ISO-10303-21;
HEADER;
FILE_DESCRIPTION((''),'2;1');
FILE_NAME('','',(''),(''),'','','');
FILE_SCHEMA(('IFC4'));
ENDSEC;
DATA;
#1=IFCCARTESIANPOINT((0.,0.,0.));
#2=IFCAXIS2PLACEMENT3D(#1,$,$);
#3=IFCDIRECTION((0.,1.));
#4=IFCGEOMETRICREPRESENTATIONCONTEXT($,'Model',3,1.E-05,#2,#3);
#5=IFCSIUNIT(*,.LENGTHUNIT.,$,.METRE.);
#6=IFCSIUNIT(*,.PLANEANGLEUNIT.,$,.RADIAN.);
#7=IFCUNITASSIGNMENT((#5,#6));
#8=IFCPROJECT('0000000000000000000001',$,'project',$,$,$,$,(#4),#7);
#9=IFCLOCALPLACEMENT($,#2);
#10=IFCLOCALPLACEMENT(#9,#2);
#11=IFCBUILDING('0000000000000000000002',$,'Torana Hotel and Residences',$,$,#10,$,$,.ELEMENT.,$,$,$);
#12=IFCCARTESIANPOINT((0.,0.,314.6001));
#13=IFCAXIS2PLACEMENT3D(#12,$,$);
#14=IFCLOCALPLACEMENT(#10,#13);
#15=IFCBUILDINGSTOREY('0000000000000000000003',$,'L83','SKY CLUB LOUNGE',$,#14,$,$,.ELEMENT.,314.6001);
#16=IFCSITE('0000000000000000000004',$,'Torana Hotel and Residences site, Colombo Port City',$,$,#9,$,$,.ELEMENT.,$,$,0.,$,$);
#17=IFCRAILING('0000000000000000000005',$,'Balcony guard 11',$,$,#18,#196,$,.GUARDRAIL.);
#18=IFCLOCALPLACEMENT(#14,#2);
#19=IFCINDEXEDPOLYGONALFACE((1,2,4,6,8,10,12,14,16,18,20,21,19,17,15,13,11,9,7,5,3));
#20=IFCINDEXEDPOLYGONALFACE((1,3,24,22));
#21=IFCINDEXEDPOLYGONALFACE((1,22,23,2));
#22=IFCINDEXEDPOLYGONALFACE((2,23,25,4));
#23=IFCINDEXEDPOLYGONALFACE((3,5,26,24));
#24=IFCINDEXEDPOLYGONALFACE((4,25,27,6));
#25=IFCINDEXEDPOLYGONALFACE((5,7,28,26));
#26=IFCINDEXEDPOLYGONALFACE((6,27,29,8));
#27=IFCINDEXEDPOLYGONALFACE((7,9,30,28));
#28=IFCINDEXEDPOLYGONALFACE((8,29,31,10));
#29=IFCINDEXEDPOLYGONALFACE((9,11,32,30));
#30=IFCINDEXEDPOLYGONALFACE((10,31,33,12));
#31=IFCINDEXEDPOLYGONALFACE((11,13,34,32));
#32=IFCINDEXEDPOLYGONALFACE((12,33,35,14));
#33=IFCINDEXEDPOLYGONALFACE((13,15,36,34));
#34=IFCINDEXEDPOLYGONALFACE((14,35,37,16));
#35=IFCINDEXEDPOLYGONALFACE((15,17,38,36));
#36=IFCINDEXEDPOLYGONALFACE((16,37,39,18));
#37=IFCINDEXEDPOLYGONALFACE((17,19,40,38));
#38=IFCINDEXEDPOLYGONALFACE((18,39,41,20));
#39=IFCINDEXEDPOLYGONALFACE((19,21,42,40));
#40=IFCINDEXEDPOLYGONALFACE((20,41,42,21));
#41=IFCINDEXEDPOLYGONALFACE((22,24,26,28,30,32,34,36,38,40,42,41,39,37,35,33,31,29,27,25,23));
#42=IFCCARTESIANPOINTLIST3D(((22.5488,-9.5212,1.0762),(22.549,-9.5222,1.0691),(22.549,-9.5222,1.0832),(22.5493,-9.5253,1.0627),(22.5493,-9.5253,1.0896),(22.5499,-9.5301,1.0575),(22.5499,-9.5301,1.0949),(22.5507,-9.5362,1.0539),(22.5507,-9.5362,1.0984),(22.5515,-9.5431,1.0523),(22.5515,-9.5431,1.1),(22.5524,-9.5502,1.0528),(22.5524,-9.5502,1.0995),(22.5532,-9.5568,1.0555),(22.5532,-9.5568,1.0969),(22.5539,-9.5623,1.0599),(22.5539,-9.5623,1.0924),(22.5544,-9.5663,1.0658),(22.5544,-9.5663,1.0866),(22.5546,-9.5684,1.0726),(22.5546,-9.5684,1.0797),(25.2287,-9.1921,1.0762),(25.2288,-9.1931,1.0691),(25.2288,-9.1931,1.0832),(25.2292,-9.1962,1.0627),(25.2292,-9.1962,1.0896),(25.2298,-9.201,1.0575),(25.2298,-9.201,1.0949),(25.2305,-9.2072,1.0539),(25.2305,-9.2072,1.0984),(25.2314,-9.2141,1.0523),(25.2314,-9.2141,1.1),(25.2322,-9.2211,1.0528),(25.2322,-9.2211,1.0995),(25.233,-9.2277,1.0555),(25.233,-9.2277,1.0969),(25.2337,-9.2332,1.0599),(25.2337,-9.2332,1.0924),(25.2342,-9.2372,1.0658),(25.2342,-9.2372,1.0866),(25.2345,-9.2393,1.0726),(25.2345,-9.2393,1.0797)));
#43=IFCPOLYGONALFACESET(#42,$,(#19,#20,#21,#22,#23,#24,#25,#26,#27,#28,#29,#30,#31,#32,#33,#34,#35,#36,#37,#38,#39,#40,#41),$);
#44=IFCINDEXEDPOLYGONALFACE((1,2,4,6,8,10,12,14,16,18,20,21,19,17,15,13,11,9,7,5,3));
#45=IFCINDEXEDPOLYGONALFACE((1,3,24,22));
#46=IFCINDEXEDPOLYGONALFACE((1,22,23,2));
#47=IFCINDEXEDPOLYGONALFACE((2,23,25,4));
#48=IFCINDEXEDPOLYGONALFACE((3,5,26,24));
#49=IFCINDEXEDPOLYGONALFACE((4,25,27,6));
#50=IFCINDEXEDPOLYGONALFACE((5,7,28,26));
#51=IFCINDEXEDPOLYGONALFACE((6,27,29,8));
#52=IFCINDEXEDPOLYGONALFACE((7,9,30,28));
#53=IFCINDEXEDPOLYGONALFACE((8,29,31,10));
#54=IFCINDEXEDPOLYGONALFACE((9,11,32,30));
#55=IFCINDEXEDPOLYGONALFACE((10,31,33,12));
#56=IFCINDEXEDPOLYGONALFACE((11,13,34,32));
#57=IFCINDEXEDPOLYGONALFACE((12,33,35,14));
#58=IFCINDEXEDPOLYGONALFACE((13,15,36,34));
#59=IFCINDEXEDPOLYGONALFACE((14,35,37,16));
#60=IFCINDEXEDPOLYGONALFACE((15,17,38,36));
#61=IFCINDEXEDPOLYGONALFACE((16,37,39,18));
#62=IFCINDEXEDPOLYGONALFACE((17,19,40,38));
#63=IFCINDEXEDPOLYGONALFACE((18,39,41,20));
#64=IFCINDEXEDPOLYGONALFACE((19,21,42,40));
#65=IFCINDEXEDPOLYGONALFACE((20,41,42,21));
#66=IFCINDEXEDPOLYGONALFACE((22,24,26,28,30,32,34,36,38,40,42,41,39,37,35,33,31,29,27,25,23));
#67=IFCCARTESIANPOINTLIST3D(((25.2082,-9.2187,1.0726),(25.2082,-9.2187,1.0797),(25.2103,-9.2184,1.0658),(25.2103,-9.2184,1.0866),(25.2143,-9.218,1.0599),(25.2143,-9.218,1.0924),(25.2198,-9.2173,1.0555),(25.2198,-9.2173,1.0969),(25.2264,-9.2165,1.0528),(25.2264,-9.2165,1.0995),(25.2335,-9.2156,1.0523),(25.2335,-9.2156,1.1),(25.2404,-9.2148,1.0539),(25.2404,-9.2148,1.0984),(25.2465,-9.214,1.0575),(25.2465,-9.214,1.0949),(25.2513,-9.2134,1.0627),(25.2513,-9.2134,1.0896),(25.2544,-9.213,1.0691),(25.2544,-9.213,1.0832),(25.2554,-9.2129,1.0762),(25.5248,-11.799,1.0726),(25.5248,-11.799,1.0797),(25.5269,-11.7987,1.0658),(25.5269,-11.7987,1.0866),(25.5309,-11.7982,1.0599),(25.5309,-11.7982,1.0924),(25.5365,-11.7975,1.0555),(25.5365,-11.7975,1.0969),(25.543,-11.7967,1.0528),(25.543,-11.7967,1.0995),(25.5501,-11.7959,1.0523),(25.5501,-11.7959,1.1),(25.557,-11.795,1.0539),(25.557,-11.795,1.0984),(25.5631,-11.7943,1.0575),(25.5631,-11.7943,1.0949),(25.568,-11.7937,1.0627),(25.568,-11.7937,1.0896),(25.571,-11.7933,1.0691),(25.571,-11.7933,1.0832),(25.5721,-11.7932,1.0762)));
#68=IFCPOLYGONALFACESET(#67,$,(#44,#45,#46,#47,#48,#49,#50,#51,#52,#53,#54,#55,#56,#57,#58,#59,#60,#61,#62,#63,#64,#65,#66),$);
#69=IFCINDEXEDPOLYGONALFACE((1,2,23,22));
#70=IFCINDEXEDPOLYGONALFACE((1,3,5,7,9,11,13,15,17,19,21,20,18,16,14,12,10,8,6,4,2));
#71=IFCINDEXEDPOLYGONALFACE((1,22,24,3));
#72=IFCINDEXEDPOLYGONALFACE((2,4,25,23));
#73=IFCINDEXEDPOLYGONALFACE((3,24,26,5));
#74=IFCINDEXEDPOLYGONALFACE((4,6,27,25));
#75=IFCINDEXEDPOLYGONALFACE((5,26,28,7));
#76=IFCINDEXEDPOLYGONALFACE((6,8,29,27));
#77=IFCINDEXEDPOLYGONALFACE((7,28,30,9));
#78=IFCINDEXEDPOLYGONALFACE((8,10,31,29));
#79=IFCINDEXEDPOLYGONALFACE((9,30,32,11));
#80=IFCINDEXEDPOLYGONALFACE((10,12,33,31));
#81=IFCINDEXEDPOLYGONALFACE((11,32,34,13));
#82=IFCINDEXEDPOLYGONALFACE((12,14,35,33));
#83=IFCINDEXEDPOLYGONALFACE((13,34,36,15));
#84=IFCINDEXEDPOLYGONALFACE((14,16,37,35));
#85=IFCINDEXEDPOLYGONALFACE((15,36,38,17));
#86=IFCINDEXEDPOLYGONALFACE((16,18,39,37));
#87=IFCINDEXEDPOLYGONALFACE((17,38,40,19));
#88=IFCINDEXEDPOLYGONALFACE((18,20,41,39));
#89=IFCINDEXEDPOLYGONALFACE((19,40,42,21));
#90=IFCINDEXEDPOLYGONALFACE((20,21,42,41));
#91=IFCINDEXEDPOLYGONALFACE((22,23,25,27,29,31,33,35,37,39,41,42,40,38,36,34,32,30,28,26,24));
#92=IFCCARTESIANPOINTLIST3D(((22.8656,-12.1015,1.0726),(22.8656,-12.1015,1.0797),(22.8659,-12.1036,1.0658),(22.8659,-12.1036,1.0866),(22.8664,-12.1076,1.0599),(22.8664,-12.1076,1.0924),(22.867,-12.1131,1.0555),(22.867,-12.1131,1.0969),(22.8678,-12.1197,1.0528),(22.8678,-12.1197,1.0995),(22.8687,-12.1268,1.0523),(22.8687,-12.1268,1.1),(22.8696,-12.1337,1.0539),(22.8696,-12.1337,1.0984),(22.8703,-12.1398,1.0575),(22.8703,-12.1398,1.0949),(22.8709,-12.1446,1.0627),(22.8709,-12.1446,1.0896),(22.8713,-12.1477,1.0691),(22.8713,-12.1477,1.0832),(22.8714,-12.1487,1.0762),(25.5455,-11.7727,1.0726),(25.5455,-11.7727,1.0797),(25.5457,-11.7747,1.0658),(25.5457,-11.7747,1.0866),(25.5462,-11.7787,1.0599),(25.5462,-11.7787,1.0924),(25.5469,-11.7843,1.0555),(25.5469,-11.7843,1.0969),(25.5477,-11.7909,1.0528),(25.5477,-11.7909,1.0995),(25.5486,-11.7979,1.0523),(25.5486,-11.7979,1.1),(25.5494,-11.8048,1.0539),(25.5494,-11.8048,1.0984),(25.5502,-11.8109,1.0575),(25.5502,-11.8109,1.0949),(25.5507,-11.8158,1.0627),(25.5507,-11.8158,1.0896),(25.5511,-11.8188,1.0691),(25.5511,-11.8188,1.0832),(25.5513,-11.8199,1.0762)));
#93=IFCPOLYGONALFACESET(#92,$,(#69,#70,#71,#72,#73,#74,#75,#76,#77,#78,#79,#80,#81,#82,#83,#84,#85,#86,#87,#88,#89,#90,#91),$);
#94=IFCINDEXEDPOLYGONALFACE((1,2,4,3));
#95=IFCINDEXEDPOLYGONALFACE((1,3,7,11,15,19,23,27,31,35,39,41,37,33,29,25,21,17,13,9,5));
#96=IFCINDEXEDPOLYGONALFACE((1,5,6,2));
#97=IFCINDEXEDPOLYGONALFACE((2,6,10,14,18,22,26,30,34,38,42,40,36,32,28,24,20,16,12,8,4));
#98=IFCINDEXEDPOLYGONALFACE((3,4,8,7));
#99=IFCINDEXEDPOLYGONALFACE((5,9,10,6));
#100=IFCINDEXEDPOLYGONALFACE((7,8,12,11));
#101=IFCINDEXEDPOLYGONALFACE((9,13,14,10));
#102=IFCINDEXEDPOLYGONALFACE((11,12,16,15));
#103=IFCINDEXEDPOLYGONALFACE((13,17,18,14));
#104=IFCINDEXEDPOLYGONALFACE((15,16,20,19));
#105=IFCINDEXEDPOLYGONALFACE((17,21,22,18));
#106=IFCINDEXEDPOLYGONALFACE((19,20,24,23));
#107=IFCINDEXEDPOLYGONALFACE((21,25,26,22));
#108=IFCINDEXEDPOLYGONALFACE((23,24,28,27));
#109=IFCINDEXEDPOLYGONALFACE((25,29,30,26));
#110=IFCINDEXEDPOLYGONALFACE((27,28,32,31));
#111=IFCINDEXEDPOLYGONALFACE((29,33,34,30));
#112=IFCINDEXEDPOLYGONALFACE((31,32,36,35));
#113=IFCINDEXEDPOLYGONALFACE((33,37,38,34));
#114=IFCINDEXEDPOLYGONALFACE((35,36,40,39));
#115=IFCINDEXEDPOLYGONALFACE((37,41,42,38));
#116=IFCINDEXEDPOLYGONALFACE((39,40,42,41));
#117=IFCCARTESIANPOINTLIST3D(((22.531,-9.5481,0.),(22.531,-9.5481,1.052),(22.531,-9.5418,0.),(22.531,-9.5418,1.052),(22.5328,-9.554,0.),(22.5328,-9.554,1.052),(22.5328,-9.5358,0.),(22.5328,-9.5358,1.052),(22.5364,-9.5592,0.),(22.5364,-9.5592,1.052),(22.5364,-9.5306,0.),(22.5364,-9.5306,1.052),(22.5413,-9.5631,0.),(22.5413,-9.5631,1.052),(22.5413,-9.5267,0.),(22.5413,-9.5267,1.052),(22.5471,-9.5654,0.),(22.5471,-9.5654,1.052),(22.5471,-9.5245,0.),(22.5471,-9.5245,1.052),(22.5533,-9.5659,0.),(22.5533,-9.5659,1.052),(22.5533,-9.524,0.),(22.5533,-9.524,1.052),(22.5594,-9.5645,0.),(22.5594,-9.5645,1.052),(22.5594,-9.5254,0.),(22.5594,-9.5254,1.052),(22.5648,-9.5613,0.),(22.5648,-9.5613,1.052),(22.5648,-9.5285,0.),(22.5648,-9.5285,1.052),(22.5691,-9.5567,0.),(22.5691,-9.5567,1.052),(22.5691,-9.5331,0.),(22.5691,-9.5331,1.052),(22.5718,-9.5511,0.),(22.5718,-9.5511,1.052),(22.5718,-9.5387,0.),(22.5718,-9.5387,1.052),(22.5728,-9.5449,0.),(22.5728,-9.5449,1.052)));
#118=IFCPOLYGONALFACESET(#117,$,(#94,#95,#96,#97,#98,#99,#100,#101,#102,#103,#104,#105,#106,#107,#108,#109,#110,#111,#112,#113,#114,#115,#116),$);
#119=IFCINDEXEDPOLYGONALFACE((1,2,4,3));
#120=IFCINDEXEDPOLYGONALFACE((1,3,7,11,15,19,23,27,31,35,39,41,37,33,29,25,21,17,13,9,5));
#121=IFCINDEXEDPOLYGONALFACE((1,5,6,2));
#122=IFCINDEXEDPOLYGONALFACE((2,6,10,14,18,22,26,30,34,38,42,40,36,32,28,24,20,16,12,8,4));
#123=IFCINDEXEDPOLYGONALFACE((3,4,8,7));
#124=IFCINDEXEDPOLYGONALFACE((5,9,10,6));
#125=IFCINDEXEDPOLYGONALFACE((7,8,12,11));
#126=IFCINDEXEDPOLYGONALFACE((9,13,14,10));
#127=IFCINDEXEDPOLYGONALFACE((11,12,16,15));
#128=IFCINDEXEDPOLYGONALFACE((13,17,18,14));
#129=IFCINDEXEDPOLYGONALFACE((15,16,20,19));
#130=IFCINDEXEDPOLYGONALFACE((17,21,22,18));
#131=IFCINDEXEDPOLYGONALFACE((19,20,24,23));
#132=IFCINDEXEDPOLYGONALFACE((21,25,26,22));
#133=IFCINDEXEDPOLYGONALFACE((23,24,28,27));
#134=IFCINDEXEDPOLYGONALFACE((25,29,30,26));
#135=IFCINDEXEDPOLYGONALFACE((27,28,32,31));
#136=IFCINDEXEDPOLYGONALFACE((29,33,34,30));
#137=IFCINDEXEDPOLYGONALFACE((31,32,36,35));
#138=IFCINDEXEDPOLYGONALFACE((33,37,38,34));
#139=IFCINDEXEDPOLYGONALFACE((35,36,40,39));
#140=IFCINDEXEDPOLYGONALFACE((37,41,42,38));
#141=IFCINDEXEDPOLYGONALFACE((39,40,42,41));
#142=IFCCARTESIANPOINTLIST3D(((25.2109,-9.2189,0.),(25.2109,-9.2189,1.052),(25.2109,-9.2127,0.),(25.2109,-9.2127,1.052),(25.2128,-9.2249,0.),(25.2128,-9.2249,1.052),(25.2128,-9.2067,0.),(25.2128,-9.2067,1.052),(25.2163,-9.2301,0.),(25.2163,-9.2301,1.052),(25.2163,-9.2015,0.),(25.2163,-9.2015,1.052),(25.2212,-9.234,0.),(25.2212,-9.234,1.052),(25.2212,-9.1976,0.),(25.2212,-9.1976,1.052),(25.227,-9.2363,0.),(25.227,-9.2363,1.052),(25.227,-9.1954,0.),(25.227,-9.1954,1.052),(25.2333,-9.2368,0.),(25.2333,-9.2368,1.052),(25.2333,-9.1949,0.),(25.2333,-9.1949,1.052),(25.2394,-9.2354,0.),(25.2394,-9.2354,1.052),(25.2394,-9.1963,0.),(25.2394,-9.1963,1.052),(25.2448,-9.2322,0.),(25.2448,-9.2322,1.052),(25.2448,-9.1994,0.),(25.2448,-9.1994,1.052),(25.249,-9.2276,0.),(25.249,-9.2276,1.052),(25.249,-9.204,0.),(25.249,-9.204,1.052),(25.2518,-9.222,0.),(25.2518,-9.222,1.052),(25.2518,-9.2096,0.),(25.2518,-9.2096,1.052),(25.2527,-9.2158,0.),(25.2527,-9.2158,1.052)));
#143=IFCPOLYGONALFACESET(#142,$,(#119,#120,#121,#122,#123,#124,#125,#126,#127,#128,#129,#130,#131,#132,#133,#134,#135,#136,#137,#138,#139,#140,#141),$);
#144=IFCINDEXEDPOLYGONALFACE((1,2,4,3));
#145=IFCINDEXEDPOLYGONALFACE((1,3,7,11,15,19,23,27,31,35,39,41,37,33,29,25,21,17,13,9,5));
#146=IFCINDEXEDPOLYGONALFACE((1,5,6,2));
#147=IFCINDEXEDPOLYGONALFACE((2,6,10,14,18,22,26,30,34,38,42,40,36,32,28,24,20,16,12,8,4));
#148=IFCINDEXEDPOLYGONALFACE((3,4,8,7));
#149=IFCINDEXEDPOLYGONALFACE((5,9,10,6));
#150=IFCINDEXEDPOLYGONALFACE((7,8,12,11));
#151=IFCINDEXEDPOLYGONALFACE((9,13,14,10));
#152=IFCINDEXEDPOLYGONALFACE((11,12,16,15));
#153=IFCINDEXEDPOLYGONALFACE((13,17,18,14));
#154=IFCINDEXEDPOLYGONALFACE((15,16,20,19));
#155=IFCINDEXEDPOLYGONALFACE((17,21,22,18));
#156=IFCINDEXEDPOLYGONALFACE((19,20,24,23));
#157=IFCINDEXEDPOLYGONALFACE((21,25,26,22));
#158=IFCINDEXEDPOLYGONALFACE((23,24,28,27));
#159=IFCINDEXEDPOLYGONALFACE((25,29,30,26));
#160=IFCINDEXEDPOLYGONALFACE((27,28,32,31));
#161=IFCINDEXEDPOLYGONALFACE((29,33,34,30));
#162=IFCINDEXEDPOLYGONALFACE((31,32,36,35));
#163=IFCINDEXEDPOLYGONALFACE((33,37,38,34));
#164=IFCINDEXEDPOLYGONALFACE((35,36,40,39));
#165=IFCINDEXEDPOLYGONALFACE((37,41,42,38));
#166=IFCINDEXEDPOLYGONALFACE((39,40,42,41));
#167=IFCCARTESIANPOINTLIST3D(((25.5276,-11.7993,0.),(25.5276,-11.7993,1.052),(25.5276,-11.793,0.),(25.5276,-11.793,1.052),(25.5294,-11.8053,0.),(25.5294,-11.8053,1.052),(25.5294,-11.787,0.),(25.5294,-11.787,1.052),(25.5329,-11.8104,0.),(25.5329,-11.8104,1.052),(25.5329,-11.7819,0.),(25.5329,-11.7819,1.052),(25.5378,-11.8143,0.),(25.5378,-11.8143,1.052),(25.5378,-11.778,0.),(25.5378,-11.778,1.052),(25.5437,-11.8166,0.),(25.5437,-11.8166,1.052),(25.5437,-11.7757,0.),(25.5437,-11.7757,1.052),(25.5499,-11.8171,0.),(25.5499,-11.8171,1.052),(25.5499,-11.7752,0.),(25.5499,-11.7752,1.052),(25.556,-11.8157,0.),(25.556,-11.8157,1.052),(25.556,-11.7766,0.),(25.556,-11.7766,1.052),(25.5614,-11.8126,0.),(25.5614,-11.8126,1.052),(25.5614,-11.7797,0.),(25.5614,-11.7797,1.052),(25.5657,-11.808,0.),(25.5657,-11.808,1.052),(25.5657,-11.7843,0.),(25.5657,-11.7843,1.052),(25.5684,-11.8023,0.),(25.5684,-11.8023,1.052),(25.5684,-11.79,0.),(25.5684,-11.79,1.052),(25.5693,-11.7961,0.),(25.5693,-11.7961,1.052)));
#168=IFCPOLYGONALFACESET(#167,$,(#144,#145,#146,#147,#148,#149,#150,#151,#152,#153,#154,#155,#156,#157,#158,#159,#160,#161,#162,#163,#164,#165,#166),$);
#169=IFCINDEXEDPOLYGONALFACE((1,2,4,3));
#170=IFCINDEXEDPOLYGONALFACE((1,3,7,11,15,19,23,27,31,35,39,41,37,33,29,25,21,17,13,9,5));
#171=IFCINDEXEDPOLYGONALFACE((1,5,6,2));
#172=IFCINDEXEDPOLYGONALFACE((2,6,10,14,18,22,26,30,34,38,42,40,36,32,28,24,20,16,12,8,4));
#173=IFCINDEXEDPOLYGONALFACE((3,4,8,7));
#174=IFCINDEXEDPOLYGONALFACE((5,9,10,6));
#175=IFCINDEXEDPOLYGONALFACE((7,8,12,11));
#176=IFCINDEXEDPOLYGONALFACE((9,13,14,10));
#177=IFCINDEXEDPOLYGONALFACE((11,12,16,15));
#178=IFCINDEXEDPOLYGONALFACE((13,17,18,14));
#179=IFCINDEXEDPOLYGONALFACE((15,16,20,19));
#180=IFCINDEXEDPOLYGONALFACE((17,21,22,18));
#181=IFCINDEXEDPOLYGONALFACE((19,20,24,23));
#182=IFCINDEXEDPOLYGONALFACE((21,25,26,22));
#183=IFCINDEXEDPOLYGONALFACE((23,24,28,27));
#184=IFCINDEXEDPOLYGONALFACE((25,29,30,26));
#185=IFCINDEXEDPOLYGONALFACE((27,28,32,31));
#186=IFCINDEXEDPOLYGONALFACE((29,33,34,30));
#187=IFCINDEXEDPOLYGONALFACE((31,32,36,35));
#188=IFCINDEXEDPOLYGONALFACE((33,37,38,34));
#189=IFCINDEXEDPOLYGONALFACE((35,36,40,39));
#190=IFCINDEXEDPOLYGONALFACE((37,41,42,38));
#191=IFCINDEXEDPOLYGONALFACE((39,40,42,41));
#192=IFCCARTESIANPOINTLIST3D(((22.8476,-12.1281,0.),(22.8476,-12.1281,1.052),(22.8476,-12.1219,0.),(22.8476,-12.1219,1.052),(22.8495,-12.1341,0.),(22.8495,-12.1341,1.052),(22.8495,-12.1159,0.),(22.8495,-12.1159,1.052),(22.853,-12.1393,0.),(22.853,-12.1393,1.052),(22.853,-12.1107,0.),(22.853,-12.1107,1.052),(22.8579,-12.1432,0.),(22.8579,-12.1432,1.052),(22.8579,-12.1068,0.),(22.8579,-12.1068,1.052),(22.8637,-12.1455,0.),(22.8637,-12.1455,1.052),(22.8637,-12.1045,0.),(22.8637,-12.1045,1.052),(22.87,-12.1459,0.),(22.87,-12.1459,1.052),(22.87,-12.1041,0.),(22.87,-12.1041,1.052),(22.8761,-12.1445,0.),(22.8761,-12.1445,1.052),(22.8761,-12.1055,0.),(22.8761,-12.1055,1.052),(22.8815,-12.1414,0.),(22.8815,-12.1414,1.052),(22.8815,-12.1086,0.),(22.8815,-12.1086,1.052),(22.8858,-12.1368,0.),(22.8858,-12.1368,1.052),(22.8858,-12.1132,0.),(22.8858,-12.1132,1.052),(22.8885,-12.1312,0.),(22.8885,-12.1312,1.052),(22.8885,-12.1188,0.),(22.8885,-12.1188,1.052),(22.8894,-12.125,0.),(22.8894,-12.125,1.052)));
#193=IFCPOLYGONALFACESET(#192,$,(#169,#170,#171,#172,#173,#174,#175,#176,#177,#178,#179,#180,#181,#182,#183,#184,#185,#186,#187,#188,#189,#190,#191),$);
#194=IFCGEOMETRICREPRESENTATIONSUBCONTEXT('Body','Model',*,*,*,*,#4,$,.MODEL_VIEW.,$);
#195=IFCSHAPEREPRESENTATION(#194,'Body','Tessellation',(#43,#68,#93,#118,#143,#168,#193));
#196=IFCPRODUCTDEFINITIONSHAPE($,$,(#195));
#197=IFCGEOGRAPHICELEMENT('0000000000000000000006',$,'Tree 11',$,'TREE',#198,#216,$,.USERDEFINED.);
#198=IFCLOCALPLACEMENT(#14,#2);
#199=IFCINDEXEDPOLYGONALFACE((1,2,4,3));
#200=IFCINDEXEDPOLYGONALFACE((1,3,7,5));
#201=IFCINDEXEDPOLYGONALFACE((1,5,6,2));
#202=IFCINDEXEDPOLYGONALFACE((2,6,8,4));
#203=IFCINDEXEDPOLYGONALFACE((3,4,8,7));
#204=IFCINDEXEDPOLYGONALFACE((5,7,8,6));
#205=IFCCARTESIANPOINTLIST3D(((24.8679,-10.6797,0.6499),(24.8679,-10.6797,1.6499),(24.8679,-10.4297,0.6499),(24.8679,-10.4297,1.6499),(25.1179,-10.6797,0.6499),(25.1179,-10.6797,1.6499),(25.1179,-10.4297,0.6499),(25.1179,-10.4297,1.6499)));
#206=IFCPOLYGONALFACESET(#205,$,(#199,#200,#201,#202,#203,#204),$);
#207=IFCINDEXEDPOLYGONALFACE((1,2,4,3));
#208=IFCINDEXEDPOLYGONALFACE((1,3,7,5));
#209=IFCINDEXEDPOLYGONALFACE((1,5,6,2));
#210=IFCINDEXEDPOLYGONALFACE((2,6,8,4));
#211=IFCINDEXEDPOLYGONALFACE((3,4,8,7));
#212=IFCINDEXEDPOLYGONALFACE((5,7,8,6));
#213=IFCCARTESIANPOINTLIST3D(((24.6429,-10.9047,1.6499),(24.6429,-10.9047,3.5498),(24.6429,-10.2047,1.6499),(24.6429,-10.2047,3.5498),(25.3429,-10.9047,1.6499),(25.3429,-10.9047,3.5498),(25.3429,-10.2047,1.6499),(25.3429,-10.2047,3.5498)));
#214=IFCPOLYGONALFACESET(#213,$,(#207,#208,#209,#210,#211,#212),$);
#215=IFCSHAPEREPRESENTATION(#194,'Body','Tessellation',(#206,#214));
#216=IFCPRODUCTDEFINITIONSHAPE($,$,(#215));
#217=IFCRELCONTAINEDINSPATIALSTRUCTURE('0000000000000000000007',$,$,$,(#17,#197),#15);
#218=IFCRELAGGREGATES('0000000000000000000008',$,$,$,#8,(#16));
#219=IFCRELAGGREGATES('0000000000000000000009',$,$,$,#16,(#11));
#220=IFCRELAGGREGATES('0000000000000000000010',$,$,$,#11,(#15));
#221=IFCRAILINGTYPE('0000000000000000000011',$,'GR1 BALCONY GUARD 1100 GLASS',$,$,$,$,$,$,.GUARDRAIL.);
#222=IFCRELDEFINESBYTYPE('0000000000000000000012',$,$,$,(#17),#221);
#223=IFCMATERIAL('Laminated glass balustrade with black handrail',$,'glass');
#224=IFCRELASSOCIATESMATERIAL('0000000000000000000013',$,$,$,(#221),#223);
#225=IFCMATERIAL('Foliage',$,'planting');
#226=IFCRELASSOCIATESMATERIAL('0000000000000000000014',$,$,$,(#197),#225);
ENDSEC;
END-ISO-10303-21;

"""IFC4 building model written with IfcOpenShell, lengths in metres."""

from ifc_helpers import new_model, si_unit, direction, frame, origin, origin_2d, place, context, subcontext, project, spatial, rectangle, circle, extrude, material, type_object, element, save


model = new_model("IFC4")

# Units and contexts
model_context = context("Model", 3, precision=1e-05, world=origin(), true_north=direction((0.0, 1.0)))
body_context = subcontext(model_context, "Body", "Model", "MODEL_VIEW")
ifc_project = project(units=[si_unit("LENGTHUNIT", "METRE"), si_unit("PLANEANGLEUNIT", "RADIAN")], contexts=[model_context])

# Site, building, storey
site_placement = place(None, origin())
site = spatial("IfcSite", under=ifc_project, at=site_placement, Name="Torana Hotel and Residences site, Colombo Port City", CompositionType="ELEMENT", RefElevation=0.0)
building_placement = place(site_placement, origin())
building = spatial("IfcBuilding", under=site, at=building_placement, Name="Torana Hotel and Residences", CompositionType="ELEMENT")
storey_placement = place(building_placement, frame((0.0, 0.0, 314.6001)))
storey = spatial("IfcBuildingStorey", under=building, at=storey_placement, Name="L83", Description="SKY CLUB LOUNGE", CompositionType="ELEMENT", Elevation=314.6001)

# Railing
ifc_material_1 = material(Name="Laminated glass balustrade with black handrail", Category="glass")
railing_type = type_object("IfcRailingType", Name="GR1 BALCONY GUARD 1100 GLASS", PredefinedType="GUARDRAIL", material=ifc_material_1)
railing_1_placement = place(storey_placement, frame((22.5518, -9.5449, 0.0)))
element("IfcRailing", 1, at=railing_1_placement, inside=storey, type_object=railing_type, Name="Balcony guard 11", PredefinedType="GUARDRAIL", context=body_context, shape_type="SweptSolid", body=[
    extrude(circle(Radius=0.0239, at=origin_2d()), frame((0.0, 0.0, 1.0762), z_axis=(0.992544, 0.121887, 0.0), x_axis=(-0.121887, 0.992544, 0.0)), (0.0, 0.0, 1.0), 2.7),
    extrude(circle(Radius=0.0239, at=origin_2d()), frame((2.6799, 0.3291, 1.0762), z_axis=(0.121804, -0.992554, 0.0), x_axis=(0.992554, 0.121804, 0.0)), (0.0, 0.0, 1.0), 2.5996),
    extrude(circle(Radius=0.0239, at=origin_2d()), frame((2.9966, -2.2512, 1.0762), z_axis=(-0.992555, -0.121798, 0.0), x_axis=(0.121798, -0.992555, 0.0)), (0.0, 0.0, 1.0), 2.7),
    extrude(circle(Radius=0.021, at=origin_2d()), origin(), (0.0, 0.0, 1.0), 1.052),
    extrude(circle(Radius=0.021, at=origin_2d()), frame((2.6799, 0.3291, 0.0)), (0.0, 0.0, 1.0), 1.052),
    extrude(circle(Radius=0.021, at=origin_2d()), frame((2.9966, -2.2512, 0.0)), (0.0, 0.0, 1.0), 1.052),
    extrude(circle(Radius=0.021, at=origin_2d()), frame((0.3167, -2.5801, 0.0)), (0.0, 0.0, 1.0), 1.052),
])

# Geographic element
ifc_material_2 = material(Name="Foliage", Category="planting")
geographic_element_placement = place(storey_placement, frame((24.9929, -10.5547, 0.6499), z_axis=(0.0, 0.0, 1.0), x_axis=(1.0, 0.0, 0.0)))
element("IfcGeographicElement", 2, at=geographic_element_placement, inside=storey, material=ifc_material_2, Name="Tree 11", ObjectType="TREE", PredefinedType="USERDEFINED", context=body_context, shape_type="SweptSolid", body=[
    extrude(rectangle(XDim=0.25, YDim=0.25, at=origin_2d()), origin(), (0.0, 0.0, 1.0), 1.0),
    extrude(rectangle(XDim=0.7, YDim=0.7, at=origin_2d()), frame((0.0, 0.0, 1.0)), (0.0, 0.0, 1.0), 1.8999),
])

save(model, "model.ifc")
